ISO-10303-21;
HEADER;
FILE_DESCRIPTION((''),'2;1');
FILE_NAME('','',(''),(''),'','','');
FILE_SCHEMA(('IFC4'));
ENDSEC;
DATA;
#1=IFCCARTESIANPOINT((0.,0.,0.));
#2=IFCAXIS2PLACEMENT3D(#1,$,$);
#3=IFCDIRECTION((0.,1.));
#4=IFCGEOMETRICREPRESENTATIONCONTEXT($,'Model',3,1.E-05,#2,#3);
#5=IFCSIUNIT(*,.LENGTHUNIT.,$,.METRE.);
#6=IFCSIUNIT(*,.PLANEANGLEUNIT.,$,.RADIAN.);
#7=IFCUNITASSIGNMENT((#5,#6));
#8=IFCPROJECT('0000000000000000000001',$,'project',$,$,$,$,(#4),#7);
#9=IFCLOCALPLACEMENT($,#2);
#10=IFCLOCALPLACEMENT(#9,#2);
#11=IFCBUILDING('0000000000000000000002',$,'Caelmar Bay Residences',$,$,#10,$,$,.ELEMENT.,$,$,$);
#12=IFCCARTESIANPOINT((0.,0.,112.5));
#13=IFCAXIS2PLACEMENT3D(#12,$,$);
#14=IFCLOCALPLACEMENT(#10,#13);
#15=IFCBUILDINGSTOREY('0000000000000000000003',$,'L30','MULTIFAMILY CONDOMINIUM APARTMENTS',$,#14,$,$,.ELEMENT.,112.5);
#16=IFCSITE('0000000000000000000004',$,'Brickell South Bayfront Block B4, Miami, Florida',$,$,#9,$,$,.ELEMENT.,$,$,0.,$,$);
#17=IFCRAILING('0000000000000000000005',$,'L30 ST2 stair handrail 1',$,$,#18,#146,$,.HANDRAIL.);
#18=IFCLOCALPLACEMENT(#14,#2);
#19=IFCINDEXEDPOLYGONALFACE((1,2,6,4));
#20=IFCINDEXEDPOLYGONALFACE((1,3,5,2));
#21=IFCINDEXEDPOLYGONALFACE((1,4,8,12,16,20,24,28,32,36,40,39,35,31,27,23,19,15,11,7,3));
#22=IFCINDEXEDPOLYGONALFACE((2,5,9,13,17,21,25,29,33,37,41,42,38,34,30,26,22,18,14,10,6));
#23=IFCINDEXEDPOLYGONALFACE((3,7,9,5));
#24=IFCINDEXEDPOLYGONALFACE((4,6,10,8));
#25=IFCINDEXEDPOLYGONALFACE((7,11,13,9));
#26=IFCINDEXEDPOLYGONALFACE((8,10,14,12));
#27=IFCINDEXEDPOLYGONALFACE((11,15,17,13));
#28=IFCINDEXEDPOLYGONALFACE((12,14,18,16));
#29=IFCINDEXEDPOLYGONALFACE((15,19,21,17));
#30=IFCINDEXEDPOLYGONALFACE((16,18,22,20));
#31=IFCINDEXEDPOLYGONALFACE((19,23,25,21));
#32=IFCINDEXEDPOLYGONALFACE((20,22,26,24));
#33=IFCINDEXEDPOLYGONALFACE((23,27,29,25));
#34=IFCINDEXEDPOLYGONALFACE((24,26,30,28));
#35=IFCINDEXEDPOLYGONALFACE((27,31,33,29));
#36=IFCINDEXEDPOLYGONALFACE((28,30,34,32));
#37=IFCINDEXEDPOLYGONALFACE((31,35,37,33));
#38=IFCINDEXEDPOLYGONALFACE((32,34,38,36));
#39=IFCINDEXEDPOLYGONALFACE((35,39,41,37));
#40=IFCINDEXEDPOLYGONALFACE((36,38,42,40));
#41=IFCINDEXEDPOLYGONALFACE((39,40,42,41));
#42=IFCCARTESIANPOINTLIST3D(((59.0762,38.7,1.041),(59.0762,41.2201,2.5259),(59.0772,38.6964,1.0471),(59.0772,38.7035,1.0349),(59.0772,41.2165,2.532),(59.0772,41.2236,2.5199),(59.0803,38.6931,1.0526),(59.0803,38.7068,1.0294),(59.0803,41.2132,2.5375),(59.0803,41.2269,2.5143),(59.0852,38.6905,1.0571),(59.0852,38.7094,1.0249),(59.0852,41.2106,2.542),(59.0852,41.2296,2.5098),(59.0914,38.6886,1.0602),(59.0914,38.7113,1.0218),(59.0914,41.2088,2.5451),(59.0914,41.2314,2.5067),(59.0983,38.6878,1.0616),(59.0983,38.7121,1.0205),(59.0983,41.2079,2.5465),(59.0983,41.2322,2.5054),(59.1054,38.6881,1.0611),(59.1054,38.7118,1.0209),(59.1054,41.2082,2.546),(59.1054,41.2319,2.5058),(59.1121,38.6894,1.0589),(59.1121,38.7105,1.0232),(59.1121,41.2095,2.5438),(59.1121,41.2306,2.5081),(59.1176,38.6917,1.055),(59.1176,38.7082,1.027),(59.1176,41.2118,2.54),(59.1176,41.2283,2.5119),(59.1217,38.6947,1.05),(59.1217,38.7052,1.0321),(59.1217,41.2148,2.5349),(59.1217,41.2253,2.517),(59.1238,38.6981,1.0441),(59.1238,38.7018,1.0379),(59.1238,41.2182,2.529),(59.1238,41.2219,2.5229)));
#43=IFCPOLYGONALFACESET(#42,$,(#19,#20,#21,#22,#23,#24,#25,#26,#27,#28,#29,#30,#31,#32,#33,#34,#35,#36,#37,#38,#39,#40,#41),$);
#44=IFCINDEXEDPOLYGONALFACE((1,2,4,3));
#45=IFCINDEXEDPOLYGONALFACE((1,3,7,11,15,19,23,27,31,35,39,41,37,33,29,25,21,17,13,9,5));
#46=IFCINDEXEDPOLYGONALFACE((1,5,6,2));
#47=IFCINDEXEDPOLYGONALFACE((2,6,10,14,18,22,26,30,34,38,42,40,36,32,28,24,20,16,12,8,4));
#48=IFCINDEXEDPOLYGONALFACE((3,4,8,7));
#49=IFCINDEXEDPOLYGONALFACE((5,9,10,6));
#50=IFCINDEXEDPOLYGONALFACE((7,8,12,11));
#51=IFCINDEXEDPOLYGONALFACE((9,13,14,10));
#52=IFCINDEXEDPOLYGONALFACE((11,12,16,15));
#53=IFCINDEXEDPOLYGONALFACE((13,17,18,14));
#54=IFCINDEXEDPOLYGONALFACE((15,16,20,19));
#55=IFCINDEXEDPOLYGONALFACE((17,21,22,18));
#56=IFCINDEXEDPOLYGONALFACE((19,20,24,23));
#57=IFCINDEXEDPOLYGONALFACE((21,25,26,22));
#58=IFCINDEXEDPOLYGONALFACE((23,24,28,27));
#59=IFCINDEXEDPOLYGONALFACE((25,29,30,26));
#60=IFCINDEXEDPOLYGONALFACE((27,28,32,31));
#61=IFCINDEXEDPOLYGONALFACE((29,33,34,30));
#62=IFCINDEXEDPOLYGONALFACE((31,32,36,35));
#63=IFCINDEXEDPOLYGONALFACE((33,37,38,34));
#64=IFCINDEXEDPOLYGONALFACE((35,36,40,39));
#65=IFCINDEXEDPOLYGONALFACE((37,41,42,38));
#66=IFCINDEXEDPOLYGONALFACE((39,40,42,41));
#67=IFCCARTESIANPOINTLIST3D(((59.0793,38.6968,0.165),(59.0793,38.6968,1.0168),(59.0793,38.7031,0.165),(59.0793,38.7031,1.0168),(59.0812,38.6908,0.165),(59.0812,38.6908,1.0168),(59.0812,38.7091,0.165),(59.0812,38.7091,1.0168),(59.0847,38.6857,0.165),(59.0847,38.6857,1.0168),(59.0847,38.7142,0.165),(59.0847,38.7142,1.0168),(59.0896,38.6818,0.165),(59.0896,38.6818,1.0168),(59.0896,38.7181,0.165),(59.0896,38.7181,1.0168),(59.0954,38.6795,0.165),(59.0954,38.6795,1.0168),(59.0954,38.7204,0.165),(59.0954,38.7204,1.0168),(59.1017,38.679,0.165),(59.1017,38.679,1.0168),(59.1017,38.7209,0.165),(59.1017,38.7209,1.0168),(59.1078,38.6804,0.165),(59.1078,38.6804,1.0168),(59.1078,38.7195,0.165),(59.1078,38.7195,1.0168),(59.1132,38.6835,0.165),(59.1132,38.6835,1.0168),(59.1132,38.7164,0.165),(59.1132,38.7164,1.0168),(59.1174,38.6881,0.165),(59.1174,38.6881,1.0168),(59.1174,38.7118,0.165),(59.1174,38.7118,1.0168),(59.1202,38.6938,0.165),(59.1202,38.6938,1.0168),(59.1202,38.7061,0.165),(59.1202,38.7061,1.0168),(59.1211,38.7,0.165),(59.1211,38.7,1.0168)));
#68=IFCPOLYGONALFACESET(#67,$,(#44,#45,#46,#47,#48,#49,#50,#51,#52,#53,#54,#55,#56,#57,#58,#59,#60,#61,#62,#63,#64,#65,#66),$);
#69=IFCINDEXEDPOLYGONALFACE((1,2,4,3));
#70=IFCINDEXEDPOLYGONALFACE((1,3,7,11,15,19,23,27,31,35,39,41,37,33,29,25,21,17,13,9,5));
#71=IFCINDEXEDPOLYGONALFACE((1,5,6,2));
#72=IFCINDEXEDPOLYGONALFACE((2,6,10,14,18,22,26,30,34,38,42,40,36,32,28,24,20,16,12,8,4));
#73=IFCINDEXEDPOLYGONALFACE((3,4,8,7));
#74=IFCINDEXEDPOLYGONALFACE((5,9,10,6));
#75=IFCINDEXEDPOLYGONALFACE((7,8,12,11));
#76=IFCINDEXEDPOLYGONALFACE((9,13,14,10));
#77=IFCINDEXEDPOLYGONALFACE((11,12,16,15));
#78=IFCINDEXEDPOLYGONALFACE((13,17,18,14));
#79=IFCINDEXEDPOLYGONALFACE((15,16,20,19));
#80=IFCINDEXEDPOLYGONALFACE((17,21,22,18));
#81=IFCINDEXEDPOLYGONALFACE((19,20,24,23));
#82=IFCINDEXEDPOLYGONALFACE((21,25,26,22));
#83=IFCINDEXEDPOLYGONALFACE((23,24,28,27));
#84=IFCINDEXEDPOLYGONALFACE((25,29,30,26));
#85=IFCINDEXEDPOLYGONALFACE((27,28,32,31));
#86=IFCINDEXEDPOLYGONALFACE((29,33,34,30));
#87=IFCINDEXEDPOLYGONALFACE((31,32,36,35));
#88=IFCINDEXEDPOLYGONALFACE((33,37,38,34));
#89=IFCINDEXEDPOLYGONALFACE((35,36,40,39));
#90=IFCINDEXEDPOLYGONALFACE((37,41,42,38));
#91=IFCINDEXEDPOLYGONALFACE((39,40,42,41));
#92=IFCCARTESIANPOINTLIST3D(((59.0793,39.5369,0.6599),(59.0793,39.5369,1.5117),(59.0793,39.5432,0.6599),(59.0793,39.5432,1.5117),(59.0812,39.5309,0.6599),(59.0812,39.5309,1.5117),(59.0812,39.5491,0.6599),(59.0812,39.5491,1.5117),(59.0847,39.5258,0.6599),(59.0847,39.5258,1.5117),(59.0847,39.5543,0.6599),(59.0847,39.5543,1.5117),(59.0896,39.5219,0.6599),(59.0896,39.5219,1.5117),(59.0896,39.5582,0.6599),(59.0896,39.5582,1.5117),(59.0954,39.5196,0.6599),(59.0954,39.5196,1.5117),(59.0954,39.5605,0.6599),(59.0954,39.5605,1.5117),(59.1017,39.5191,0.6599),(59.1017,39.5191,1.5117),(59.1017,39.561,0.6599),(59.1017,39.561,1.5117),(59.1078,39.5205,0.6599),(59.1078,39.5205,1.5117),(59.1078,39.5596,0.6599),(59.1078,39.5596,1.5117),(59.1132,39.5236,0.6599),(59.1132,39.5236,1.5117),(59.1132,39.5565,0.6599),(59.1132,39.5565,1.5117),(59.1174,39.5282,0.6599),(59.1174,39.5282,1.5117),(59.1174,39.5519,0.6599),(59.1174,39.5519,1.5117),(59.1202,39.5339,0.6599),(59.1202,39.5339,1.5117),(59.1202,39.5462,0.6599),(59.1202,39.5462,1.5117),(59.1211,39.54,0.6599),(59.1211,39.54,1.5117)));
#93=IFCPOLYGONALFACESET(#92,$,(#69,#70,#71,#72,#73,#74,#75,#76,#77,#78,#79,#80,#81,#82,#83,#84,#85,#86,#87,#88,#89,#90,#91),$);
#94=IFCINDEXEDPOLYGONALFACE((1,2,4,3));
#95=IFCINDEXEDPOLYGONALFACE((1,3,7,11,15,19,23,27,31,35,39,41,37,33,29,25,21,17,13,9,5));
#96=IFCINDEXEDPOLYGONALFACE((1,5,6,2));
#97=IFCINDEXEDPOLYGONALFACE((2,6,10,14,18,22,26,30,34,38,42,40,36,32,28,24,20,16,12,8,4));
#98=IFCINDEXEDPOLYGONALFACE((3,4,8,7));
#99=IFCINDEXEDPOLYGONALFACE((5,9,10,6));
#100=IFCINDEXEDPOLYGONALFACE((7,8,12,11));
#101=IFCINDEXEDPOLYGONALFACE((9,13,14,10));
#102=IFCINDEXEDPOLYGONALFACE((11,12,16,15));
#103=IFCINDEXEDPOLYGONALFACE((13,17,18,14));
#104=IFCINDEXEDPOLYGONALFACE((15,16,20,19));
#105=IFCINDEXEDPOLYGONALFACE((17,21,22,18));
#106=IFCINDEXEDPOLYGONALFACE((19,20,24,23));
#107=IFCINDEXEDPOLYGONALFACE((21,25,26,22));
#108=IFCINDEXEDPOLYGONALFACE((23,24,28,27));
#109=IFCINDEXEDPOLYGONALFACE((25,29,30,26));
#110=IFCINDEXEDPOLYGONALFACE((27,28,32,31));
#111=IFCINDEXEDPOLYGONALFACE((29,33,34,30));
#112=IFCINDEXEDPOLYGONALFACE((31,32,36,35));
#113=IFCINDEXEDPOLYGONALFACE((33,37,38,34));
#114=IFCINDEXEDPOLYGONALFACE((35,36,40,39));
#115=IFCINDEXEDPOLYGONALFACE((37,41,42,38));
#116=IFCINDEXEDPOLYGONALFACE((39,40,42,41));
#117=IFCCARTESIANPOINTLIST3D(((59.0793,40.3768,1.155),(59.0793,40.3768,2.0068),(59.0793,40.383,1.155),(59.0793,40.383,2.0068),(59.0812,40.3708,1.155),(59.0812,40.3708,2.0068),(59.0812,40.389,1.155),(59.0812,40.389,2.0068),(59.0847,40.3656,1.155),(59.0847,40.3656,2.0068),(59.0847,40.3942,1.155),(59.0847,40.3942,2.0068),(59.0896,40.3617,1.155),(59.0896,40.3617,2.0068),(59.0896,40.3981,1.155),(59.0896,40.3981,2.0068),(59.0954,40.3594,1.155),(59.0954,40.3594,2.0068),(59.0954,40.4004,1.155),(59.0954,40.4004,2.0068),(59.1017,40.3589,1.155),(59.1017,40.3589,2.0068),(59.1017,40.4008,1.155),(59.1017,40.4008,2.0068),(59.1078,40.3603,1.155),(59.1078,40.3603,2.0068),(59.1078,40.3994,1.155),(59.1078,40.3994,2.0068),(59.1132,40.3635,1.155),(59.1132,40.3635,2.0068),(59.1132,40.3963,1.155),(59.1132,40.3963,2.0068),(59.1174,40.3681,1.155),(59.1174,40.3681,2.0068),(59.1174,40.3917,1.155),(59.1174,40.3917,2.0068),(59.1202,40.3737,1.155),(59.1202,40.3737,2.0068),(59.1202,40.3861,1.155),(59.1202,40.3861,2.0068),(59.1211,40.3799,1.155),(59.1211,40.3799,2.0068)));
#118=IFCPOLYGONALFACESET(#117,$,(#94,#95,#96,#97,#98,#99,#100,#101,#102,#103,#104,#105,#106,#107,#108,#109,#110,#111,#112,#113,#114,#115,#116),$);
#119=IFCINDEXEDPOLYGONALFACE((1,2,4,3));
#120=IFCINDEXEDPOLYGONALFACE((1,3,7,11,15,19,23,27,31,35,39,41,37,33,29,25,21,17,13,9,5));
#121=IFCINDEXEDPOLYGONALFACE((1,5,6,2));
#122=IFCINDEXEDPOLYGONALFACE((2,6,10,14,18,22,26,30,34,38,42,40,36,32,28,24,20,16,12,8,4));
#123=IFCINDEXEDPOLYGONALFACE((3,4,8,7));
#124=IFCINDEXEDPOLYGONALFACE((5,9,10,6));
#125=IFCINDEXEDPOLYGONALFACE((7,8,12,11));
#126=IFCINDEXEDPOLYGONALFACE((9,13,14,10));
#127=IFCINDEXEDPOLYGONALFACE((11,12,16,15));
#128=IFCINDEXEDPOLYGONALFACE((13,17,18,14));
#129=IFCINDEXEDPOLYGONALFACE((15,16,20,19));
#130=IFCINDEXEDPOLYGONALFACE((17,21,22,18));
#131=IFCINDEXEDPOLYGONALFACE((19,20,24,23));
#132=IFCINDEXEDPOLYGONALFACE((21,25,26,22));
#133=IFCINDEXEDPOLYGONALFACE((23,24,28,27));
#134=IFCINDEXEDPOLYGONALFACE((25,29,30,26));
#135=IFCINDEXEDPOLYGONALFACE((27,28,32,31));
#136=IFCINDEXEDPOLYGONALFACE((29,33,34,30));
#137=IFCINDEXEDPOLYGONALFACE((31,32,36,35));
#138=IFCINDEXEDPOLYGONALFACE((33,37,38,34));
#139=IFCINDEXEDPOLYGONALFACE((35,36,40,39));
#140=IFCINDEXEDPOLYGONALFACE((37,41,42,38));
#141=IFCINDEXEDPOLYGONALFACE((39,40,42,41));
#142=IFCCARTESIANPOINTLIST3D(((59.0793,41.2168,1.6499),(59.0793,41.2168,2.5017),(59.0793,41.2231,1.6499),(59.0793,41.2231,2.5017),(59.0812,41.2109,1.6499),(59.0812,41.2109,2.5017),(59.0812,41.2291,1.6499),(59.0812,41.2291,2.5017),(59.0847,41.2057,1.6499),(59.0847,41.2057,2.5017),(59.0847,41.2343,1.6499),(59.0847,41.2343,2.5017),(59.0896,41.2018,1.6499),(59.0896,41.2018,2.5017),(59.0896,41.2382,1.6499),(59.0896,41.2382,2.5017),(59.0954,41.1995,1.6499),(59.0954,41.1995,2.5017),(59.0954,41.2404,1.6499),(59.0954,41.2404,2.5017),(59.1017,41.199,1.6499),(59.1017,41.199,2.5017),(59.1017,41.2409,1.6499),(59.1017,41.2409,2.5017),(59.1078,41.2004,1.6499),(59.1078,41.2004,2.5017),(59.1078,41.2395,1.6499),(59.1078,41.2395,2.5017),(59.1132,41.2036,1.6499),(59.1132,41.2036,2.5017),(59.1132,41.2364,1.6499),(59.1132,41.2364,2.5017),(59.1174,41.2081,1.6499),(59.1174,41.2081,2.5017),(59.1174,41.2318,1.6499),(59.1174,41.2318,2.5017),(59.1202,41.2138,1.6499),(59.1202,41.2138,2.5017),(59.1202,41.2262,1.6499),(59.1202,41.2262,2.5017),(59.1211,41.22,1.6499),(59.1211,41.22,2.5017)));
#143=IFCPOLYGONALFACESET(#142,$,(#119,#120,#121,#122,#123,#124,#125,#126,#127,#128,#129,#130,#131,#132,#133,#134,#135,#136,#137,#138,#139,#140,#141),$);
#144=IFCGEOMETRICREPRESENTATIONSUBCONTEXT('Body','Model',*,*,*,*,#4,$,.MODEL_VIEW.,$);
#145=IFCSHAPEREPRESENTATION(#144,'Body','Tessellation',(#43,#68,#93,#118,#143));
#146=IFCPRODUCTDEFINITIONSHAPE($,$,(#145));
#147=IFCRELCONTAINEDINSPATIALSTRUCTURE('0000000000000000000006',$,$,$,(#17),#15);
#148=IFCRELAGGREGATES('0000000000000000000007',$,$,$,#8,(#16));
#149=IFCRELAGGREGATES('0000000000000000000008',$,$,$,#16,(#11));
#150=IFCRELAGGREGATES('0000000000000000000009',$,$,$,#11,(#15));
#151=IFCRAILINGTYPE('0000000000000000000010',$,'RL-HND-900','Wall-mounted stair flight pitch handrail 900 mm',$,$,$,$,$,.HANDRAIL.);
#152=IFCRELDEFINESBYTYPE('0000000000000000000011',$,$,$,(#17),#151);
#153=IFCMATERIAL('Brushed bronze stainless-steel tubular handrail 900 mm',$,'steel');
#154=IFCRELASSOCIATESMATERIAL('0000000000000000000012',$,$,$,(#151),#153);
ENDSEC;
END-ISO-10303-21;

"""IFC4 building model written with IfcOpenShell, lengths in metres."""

from ifc_helpers import new_model, si_unit, direction, frame, origin, origin_2d, place, context, subcontext, project, spatial, circle, extrude, material, type_object, element, save


model = new_model("IFC4")

# Units and contexts
model_context = context("Model", 3, precision=1e-05, world=origin(), true_north=direction((0.0, 1.0)))
body_context = subcontext(model_context, "Body", "Model", "MODEL_VIEW")
ifc_project = project(units=[si_unit("LENGTHUNIT", "METRE"), si_unit("PLANEANGLEUNIT", "RADIAN")], contexts=[model_context])

# Site, building, storey
site_placement = place(None, origin())
site = spatial("IfcSite", under=ifc_project, at=site_placement, Name="Brickell South Bayfront Block B4, Miami, Florida", CompositionType="ELEMENT", RefElevation=0.0)
building_placement = place(site_placement, origin())
building = spatial("IfcBuilding", under=site, at=building_placement, Name="Caelmar Bay Residences", CompositionType="ELEMENT")
storey_placement = place(building_placement, frame((0.0, 0.0, 112.5)))
storey = spatial("IfcBuildingStorey", under=building, at=storey_placement, Name="L30", Description="MULTIFAMILY CONDOMINIUM APARTMENTS", CompositionType="ELEMENT", Elevation=112.5)

# Railing
ifc_material_1 = material(Name="Brushed bronze stainless-steel tubular handrail 900 mm", Category="steel")
railing_type_1 = type_object("IfcRailingType", Name="RL-HND-900", Description="Wall-mounted stair flight pitch handrail 900 mm", PredefinedType="HANDRAIL", material=ifc_material_1)
railing_1_placement = place(storey_placement, frame((59.1001, 38.7, 0.165)))
element("IfcRailing", 1, at=railing_1_placement, inside=storey, type_object=railing_type_1, Name="L30 ST2 stair handrail 1", PredefinedType="HANDRAIL", context=body_context, shape_type="SweptSolid", body=[
    extrude(circle(Radius=0.0239, at=origin_2d()), frame((0.0, 0.0, 0.876), z_axis=(0.0, 0.861561, 0.507655), x_axis=(-1.0, 0.0, 0.0)), (0.0, 0.0, 1.0), 2.925),
    extrude(circle(Radius=0.021, at=origin_2d()), origin(), (0.0, 0.0, 1.0), 0.8518),
    extrude(circle(Radius=0.021, at=origin_2d()), frame((0.0, 0.8401, 0.4949)), (0.0, 0.0, 1.0), 0.8518),
    extrude(circle(Radius=0.021, at=origin_2d()), frame((0.0, 1.6799, 0.99)), (0.0, 0.0, 1.0), 0.8518),
    extrude(circle(Radius=0.021, at=origin_2d()), frame((0.0, 2.52, 1.4849)), (0.0, 0.0, 1.0), 0.8518),
])

save(model, "model.ifc")
